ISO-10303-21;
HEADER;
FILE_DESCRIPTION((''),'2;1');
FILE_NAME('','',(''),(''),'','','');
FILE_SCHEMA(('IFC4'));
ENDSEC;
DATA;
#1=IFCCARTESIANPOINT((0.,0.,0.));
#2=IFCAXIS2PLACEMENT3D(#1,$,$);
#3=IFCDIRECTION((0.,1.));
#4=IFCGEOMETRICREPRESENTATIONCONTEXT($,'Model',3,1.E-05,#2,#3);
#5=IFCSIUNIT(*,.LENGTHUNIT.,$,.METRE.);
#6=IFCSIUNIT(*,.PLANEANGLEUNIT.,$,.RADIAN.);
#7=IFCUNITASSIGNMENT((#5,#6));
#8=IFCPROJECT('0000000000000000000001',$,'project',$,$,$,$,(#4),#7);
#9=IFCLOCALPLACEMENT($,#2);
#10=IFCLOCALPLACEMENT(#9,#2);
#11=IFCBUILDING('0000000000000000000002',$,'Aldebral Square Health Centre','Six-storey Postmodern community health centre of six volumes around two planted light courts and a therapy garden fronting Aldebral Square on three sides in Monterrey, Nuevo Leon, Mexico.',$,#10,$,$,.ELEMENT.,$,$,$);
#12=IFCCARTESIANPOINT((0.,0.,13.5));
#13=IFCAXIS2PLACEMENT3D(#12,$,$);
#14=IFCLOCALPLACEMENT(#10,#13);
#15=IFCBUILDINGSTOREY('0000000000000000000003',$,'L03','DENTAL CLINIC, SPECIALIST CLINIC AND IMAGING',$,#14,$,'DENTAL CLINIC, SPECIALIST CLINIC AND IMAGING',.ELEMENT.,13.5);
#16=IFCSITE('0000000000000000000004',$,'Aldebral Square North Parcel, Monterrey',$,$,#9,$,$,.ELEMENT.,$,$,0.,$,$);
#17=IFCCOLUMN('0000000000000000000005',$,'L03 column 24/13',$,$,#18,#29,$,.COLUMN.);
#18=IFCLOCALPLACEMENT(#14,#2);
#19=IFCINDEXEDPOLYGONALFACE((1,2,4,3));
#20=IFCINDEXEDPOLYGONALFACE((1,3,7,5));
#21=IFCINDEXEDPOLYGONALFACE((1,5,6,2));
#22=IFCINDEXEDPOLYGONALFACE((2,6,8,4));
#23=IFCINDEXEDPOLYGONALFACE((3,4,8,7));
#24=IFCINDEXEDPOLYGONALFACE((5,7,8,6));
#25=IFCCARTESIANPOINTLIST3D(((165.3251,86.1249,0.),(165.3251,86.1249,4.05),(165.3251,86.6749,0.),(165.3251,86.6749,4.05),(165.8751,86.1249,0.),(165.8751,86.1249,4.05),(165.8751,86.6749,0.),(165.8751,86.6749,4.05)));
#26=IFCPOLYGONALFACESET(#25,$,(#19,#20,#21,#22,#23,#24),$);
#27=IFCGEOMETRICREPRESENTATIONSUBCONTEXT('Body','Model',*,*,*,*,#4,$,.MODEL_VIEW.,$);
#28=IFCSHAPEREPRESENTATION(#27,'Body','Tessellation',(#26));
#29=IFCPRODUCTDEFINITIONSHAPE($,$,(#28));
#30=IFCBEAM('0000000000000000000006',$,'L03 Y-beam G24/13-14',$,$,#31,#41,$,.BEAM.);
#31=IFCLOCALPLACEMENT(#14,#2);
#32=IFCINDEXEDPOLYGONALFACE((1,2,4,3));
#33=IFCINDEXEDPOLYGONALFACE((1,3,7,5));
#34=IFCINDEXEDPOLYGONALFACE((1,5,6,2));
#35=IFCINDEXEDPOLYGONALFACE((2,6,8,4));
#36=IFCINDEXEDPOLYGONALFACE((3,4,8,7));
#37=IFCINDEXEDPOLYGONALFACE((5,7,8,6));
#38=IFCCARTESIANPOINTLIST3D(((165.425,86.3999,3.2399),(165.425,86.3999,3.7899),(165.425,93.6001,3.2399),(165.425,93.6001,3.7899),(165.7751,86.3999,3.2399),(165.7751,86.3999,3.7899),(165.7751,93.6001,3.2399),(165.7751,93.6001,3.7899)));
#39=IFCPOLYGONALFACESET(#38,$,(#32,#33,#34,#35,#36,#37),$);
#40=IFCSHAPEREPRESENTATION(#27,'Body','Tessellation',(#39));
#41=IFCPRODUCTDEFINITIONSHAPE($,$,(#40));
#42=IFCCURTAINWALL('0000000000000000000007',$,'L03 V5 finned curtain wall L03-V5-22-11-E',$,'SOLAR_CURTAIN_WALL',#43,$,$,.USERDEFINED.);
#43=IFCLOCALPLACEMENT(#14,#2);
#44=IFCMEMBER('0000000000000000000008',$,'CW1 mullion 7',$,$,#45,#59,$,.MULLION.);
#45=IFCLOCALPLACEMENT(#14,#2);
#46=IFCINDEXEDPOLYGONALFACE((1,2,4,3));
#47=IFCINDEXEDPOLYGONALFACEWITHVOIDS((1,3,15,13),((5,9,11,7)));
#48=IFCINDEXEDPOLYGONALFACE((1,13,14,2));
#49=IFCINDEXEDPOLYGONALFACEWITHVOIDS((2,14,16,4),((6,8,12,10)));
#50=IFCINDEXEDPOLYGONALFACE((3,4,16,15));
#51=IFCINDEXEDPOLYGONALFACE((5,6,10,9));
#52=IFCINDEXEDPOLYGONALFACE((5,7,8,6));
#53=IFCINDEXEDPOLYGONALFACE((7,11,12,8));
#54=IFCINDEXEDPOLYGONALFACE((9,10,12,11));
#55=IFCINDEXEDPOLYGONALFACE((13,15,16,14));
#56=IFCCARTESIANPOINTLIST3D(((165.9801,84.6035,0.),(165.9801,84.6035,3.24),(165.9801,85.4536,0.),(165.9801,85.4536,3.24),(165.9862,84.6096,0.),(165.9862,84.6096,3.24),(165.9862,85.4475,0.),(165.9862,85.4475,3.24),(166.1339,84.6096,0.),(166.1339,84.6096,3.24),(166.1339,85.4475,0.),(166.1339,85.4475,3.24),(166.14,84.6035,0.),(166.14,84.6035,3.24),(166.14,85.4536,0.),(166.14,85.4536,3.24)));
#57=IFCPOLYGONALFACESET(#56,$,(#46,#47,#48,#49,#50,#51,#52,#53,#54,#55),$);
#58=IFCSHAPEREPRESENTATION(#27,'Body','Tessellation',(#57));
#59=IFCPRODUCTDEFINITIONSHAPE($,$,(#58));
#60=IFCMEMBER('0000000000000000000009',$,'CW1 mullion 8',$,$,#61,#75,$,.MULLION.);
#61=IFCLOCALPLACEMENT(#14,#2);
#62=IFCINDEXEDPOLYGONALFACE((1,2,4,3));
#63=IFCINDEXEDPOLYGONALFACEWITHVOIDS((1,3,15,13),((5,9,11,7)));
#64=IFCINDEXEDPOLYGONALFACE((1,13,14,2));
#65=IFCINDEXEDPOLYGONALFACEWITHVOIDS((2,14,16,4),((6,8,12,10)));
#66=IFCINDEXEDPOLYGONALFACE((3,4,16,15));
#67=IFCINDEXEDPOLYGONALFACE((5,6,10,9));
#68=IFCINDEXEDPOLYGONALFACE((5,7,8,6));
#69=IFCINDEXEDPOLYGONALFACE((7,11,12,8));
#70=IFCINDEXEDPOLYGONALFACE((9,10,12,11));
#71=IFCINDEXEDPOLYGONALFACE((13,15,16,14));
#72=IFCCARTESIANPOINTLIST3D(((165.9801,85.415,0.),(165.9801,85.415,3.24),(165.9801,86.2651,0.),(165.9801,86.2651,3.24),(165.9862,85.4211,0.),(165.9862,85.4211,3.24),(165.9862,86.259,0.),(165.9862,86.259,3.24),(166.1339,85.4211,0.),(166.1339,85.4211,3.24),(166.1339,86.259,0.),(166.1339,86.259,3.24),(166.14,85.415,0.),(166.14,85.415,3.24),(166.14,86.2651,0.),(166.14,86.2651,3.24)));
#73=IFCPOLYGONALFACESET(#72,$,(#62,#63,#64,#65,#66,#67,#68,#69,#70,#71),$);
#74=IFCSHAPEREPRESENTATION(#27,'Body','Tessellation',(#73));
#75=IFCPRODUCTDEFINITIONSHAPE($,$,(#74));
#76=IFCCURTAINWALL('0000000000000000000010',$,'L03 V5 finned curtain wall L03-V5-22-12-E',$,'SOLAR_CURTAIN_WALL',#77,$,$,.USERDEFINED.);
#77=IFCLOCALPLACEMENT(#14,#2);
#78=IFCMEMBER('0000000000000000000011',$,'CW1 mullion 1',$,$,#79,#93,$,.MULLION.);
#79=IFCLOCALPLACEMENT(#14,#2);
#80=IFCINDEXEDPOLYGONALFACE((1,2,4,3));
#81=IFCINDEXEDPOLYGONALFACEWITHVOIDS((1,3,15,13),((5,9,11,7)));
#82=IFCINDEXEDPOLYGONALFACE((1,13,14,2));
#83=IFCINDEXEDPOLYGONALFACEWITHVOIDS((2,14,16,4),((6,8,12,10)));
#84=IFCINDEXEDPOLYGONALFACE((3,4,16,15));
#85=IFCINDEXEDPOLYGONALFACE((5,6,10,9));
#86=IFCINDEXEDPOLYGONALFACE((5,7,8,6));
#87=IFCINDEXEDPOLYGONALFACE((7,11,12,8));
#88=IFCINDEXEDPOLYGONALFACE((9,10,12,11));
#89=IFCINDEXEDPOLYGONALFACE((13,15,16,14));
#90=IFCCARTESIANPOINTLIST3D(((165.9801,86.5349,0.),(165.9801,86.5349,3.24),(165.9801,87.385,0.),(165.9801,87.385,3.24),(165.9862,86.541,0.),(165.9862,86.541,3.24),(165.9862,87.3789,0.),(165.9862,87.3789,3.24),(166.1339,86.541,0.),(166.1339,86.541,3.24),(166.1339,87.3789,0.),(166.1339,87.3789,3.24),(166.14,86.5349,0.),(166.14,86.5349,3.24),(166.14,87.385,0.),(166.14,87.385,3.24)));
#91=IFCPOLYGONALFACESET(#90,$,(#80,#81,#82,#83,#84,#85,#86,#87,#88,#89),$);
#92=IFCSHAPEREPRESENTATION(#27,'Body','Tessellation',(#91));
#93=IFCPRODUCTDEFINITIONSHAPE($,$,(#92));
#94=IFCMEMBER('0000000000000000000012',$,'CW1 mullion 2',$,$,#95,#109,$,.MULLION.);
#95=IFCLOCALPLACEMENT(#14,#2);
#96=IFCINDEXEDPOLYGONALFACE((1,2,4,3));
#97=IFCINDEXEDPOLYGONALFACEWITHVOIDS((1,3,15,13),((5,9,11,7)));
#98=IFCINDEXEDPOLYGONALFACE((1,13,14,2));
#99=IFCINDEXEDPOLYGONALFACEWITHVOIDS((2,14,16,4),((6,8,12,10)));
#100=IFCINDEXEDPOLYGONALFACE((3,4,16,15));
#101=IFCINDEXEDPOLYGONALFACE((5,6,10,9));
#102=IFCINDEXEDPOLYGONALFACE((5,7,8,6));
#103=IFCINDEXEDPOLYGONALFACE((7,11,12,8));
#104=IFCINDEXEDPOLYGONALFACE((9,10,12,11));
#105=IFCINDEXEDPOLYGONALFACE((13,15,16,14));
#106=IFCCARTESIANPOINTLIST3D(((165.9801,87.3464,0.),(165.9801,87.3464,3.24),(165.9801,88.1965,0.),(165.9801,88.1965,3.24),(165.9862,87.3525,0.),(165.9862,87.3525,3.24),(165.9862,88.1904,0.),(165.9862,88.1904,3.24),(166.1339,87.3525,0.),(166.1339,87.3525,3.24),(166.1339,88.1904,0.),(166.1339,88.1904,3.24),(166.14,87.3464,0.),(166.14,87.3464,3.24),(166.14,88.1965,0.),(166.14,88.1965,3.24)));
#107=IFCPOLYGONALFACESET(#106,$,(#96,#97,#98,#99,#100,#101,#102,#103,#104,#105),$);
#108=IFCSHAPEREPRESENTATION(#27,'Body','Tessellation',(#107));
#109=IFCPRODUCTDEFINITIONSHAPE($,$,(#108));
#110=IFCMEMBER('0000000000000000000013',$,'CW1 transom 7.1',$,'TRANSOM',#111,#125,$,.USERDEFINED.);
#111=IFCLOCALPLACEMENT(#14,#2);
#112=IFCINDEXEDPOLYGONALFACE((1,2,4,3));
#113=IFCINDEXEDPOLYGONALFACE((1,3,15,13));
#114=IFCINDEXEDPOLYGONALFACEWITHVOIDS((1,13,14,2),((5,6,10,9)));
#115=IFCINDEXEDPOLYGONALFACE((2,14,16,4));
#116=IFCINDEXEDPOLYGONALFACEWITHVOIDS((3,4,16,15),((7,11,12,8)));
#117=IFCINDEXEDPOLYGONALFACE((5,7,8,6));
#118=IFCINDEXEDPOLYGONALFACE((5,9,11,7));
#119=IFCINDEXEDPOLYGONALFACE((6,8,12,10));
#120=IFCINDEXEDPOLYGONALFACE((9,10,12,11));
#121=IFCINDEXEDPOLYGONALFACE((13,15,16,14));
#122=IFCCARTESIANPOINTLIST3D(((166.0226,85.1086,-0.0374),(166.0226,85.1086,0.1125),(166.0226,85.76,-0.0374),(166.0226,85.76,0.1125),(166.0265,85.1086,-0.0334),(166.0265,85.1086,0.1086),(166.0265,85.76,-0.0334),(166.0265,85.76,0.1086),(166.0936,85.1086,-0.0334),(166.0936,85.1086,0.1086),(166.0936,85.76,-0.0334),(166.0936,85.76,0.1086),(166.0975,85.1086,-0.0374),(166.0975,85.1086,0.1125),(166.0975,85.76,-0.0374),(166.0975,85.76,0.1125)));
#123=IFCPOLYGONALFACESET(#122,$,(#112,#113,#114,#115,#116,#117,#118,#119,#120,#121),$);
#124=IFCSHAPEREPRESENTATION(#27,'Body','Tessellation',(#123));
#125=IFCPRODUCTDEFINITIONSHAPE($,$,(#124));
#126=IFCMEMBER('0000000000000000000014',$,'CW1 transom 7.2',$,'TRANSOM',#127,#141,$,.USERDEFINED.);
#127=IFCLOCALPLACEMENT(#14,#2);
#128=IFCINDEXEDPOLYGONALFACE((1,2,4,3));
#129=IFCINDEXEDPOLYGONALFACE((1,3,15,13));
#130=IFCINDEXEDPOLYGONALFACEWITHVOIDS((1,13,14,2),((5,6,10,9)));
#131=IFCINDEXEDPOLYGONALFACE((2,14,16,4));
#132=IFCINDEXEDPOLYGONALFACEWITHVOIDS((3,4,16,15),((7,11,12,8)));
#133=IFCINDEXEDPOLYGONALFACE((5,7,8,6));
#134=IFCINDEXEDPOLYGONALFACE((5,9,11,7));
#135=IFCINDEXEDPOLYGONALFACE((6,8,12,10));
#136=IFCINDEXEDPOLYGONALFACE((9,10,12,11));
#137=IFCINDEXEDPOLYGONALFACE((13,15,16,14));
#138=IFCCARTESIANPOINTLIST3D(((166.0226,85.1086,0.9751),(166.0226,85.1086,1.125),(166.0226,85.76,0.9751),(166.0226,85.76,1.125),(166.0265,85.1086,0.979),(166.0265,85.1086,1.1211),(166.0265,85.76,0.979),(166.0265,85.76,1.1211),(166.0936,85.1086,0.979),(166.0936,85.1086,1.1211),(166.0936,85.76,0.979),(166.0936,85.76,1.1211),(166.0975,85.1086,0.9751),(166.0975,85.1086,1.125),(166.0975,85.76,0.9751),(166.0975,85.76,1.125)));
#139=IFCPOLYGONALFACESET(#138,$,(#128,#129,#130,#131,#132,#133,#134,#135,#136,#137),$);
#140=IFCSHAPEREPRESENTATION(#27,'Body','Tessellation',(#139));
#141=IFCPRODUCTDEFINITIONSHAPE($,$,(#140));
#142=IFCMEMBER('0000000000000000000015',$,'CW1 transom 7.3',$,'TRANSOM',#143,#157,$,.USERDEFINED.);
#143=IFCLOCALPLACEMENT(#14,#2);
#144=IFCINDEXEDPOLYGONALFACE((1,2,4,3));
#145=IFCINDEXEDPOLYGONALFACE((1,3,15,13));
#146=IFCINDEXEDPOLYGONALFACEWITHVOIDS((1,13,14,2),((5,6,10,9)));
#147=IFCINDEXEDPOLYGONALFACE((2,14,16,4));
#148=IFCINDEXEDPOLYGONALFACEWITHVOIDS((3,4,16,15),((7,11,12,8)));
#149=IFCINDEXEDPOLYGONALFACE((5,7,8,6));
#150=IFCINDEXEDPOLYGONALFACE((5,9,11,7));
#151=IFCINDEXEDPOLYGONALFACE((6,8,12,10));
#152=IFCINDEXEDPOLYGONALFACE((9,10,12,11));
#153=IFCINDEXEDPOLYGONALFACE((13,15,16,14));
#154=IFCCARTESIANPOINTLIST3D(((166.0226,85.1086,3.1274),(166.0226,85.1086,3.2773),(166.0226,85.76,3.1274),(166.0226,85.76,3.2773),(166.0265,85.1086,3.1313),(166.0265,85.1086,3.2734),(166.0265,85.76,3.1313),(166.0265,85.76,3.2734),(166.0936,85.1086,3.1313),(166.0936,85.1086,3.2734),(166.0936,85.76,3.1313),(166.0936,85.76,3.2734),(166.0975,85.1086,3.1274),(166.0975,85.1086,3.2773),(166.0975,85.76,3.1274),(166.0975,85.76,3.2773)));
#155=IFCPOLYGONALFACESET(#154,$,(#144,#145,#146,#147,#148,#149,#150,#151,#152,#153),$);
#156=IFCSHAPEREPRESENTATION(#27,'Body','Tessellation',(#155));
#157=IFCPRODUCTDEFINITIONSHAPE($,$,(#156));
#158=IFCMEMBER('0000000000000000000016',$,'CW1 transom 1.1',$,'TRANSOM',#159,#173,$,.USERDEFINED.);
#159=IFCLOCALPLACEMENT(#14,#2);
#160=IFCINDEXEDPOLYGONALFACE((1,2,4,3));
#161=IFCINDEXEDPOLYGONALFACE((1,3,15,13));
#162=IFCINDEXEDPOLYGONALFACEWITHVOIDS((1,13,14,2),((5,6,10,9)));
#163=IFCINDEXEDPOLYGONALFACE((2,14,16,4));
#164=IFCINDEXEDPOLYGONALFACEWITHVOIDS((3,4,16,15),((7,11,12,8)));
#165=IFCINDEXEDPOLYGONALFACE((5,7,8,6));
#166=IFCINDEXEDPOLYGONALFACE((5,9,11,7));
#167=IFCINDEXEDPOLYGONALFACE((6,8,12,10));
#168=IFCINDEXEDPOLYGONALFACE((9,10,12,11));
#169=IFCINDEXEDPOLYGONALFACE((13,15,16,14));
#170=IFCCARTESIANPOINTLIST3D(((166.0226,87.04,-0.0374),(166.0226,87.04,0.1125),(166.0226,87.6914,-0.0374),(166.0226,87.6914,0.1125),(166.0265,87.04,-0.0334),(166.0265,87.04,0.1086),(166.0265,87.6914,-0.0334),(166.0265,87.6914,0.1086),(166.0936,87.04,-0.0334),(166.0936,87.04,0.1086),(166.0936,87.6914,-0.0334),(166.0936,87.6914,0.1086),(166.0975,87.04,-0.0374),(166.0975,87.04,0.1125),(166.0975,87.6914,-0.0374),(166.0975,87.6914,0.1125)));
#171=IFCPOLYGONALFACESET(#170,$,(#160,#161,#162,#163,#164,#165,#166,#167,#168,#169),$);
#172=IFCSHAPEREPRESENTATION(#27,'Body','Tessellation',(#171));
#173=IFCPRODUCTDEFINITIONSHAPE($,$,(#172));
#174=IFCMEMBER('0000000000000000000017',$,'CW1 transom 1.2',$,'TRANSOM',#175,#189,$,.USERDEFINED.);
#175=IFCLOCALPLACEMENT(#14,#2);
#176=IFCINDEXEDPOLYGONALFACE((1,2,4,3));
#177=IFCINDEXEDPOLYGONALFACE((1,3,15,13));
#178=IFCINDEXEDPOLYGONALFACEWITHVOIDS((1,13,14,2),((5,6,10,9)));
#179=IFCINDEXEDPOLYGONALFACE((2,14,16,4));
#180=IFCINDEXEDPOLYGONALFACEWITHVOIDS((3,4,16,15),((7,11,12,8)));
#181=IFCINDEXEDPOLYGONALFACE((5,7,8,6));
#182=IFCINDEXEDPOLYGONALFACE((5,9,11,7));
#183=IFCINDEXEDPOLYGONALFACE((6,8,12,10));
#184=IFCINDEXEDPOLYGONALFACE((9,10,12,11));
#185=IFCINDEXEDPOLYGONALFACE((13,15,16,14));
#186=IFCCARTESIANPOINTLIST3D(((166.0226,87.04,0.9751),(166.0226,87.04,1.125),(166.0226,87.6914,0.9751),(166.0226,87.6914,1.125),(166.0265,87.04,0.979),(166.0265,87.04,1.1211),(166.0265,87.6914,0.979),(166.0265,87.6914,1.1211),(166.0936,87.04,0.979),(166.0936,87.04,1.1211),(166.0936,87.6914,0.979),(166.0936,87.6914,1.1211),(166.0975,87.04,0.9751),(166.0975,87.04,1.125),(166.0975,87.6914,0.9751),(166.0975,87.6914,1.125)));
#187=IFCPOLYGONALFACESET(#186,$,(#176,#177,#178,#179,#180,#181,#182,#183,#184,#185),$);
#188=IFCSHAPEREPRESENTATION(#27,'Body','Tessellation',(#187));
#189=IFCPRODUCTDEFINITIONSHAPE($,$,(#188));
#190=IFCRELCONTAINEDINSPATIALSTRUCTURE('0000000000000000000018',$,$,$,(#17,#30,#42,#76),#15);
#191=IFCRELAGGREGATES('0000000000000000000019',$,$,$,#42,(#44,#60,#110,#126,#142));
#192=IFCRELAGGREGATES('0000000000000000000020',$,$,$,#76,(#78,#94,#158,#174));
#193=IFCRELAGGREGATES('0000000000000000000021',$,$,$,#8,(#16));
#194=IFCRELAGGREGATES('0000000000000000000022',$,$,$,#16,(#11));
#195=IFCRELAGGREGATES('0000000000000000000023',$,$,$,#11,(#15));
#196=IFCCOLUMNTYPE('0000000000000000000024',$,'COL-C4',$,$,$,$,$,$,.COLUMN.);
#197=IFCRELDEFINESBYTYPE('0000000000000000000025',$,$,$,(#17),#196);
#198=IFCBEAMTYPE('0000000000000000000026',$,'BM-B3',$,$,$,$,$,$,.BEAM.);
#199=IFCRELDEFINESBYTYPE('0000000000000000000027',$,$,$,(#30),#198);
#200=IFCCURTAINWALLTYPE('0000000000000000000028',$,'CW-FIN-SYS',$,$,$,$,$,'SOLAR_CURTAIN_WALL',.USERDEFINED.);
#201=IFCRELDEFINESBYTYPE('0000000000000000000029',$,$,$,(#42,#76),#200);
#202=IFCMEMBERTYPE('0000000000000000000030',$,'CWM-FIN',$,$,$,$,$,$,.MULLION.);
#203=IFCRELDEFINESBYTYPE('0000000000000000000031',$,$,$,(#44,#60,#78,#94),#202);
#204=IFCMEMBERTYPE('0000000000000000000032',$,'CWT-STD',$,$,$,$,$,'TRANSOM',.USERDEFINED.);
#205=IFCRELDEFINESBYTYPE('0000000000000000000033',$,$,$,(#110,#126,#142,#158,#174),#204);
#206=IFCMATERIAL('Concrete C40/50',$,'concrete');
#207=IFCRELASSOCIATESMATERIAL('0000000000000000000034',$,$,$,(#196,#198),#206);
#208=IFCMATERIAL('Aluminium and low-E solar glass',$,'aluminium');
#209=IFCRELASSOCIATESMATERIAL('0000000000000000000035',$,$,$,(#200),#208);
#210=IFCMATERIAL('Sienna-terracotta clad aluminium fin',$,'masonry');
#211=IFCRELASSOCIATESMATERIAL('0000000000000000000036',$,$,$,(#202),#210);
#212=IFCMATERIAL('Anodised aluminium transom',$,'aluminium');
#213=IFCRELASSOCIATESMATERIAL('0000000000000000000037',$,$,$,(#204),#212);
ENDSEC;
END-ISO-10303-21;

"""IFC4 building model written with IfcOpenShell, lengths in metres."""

from ifc_helpers import new_model, si_unit, direction, frame, origin, origin_2d, place, context, subcontext, project, spatial, rectangle, hollow_rectangle, extrude, material, material_profile, profile_set, type_object, element, aggregate, save


model = new_model("IFC4")

# Units and contexts
model_context = context("Model", 3, precision=1e-05, world=origin(), true_north=direction((0.0, 1.0)))
body_context = subcontext(model_context, "Body", "Model", "MODEL_VIEW")
ifc_project = project(units=[si_unit("LENGTHUNIT", "METRE"), si_unit("PLANEANGLEUNIT", "RADIAN")], contexts=[model_context])

# Site, building, storey
site_placement = place(None, origin())
site = spatial("IfcSite", under=ifc_project, at=site_placement, Name="Aldebral Square North Parcel, Monterrey", CompositionType="ELEMENT", RefElevation=0.0)
building_placement = place(site_placement, origin())
building = spatial("IfcBuilding", under=site, at=building_placement, Name="Aldebral Square Health Centre", Description="Six-storey Postmodern community health centre of six volumes around two planted light courts and a therapy garden fronting Aldebral Square on three sides in Monterrey, Nuevo Leon, Mexico.", CompositionType="ELEMENT")
storey_placement = place(building_placement, frame((0.0, 0.0, 13.5)))
storey = spatial("IfcBuildingStorey", under=building, at=storey_placement, Name="L03", Description="DENTAL CLINIC, SPECIALIST CLINIC AND IMAGING", LongName="DENTAL CLINIC, SPECIALIST CLINIC AND IMAGING", CompositionType="ELEMENT", Elevation=13.5)

# Column
ifc_material_1 = material(Name="Concrete C40/50", Category="concrete")
ifc_material_profile_1 = material_profile(ifc_material_1, rectangle(XDim=0.55, YDim=0.55, at=origin_2d()), Name="RC 550x550")
ifc_profile_set_1 = profile_set([ifc_material_profile_1], Name="Concrete C40/50")
column_type = type_object("IfcColumnType", Name="COL-C4", PredefinedType="COLUMN", material=ifc_profile_set_1)
column_placement = place(storey_placement, frame((165.6001, 86.3999, 0.0), z_axis=(0.0, 0.0, 1.0), x_axis=(1.0, 0.0, 0.0)))
element("IfcColumn", 1, at=column_placement, inside=storey, type_object=column_type, Name="L03 column 24/13", PredefinedType="COLUMN", context=body_context, shape_type="SweptSolid", body=[
    extrude(rectangle(XDim=0.55, YDim=0.55, at=origin_2d()), origin(), (0.0, 0.0, 1.0), 4.05),
])

# Beam
ifc_material_profile_2 = material_profile(ifc_material_1, rectangle(XDim=0.3501, YDim=0.55, at=origin_2d()), Name="RC 350x550")
ifc_profile_set_2 = profile_set([ifc_material_profile_2], Name="Concrete C40/50")
beam_type = type_object("IfcBeamType", Name="BM-B3", PredefinedType="BEAM", material=ifc_profile_set_2)
beam_placement = place(storey_placement, frame((165.6001, 86.3999, 3.5149), z_axis=(0.0, 1.0, 0.0), x_axis=(-1.0, 0.0, 0.0)))
element("IfcBeam", 2, at=beam_placement, inside=storey, type_object=beam_type, Name="L03 Y-beam G24/13-14", PredefinedType="BEAM", context=body_context, shape_type="SweptSolid", body=[
    extrude(rectangle(XDim=0.3501, YDim=0.55, at=origin_2d()), origin(), (0.0, 0.0, 1.0), 7.2002),
])

# Curtain walls, members
ifc_material_2 = material(Name="Aluminium and low-E solar glass", Category="aluminium")
curtain_wall_type = type_object("IfcCurtainWallType", Name="CW-FIN-SYS", ElementType="SOLAR_CURTAIN_WALL", PredefinedType="USERDEFINED", material=ifc_material_2)
curtain_wall_1_placement = place(storey_placement, origin())
curtain_wall_1 = element("IfcCurtainWall", 3, at=curtain_wall_1_placement, inside=storey, type_object=curtain_wall_type, Name="L03 V5 finned curtain wall L03-V5-22-11-E", ObjectType="SOLAR_CURTAIN_WALL", PredefinedType="USERDEFINED")
ifc_material_3 = material(Name="Sienna-terracotta clad aluminium fin", Category="masonry")
ifc_material_profile_3 = material_profile(ifc_material_3, hollow_rectangle(XDim=0.1599, YDim=0.8501, WallThickness=0.0061, at=origin_2d()), Name="FIN 160x850x6")
ifc_profile_set_3 = profile_set([ifc_material_profile_3], Name="Sienna-terracotta clad aluminium fin")
member_type_1 = type_object("IfcMemberType", Name="CWM-FIN", PredefinedType="MULLION", material=ifc_profile_set_3)
member_1_placement = place(storey_placement, frame((166.0601, 85.0286, 0.0), z_axis=(0.0, 0.0, 1.0), x_axis=(-1.0, 0.0, 0.0)))
member_1 = element("IfcMember", 4, at=member_1_placement, type_object=member_type_1, Name="CW1 mullion 7", PredefinedType="MULLION", context=body_context, shape_type="SweptSolid", body=[
    extrude(hollow_rectangle(XDim=0.1599, YDim=0.8501, WallThickness=0.0061, at=origin_2d()), origin(), (0.0, 0.0, 1.0), 3.24),
])
member_2_placement = place(storey_placement, frame((166.0601, 85.8401, 0.0), z_axis=(0.0, 0.0, 1.0), x_axis=(-1.0, 0.0, 0.0)))
member_2 = element("IfcMember", 5, at=member_2_placement, type_object=member_type_1, Name="CW1 mullion 8", PredefinedType="MULLION", context=body_context, shape_type="SweptSolid", body=[
    extrude(hollow_rectangle(XDim=0.1599, YDim=0.8501, WallThickness=0.0061, at=origin_2d()), origin(), (0.0, 0.0, 1.0), 3.24),
])
curtain_wall_2_placement = place(storey_placement, origin())
curtain_wall_2 = element("IfcCurtainWall", 6, at=curtain_wall_2_placement, inside=storey, type_object=curtain_wall_type, Name="L03 V5 finned curtain wall L03-V5-22-12-E", ObjectType="SOLAR_CURTAIN_WALL", PredefinedType="USERDEFINED")
member_3_placement = place(storey_placement, frame((166.0601, 86.96, 0.0), z_axis=(0.0, 0.0, 1.0), x_axis=(-1.0, 0.0, 0.0)))
member_3 = element("IfcMember", 7, at=member_3_placement, type_object=member_type_1, Name="CW1 mullion 1", PredefinedType="MULLION", context=body_context, shape_type="SweptSolid", body=[
    extrude(hollow_rectangle(XDim=0.1599, YDim=0.8501, WallThickness=0.0061, at=origin_2d()), origin(), (0.0, 0.0, 1.0), 3.24),
])
member_4_placement = place(storey_placement, frame((166.0601, 87.7715, 0.0), z_axis=(0.0, 0.0, 1.0), x_axis=(-1.0, 0.0, 0.0)))
member_4 = element("IfcMember", 8, at=member_4_placement, type_object=member_type_1, Name="CW1 mullion 2", PredefinedType="MULLION", context=body_context, shape_type="SweptSolid", body=[
    extrude(hollow_rectangle(XDim=0.1599, YDim=0.8501, WallThickness=0.0061, at=origin_2d()), origin(), (0.0, 0.0, 1.0), 3.24),
])

# Members
ifc_material_4 = material(Name="Anodised aluminium transom", Category="aluminium")
ifc_material_profile_4 = material_profile(ifc_material_4, hollow_rectangle(XDim=0.075, YDim=0.1499, WallThickness=0.0039, at=origin_2d()), Name="CWT 75x150x4")
ifc_profile_set_4 = profile_set([ifc_material_profile_4], Name="Anodised aluminium transom")
member_type_2 = type_object("IfcMemberType", Name="CWT-STD", ElementType="TRANSOM", PredefinedType="USERDEFINED", material=ifc_profile_set_4)
member_5_placement = place(storey_placement, frame((166.0601, 85.1086, 0.0376), z_axis=(0.0, 1.0, 0.0), x_axis=(-1.0, 0.0, 0.0)))
member_5 = element("IfcMember", 9, at=member_5_placement, type_object=member_type_2, Name="CW1 transom 7.1", ObjectType="TRANSOM", PredefinedType="USERDEFINED", context=body_context, shape_type="SweptSolid", body=[
    extrude(hollow_rectangle(XDim=0.075, YDim=0.1499, WallThickness=0.0039, at=origin_2d()), origin(), (0.0, 0.0, 1.0), 0.6514),
])
member_6_placement = place(storey_placement, frame((166.0601, 85.1086, 1.05), z_axis=(0.0, 1.0, 0.0), x_axis=(-1.0, 0.0, 0.0)))
member_6 = element("IfcMember", 10, at=member_6_placement, type_object=member_type_2, Name="CW1 transom 7.2", ObjectType="TRANSOM", PredefinedType="USERDEFINED", context=body_context, shape_type="SweptSolid", body=[
    extrude(hollow_rectangle(XDim=0.075, YDim=0.1499, WallThickness=0.0039, at=origin_2d()), origin(), (0.0, 0.0, 1.0), 0.6514),
])
member_7_placement = place(storey_placement, frame((166.0601, 85.1086, 3.2024), z_axis=(0.0, 1.0, 0.0), x_axis=(-1.0, 0.0, 0.0)))
member_7 = element("IfcMember", 11, at=member_7_placement, type_object=member_type_2, Name="CW1 transom 7.3", ObjectType="TRANSOM", PredefinedType="USERDEFINED", context=body_context, shape_type="SweptSolid", body=[
    extrude(hollow_rectangle(XDim=0.075, YDim=0.1499, WallThickness=0.0039, at=origin_2d()), origin(), (0.0, 0.0, 1.0), 0.6514),
])
member_8_placement = place(storey_placement, frame((166.0601, 87.04, 0.0376), z_axis=(0.0, 1.0, 0.0), x_axis=(-1.0, 0.0, 0.0)))
member_8 = element("IfcMember", 12, at=member_8_placement, type_object=member_type_2, Name="CW1 transom 1.1", ObjectType="TRANSOM", PredefinedType="USERDEFINED", context=body_context, shape_type="SweptSolid", body=[
    extrude(hollow_rectangle(XDim=0.075, YDim=0.1499, WallThickness=0.0039, at=origin_2d()), origin(), (0.0, 0.0, 1.0), 0.6514),
])
member_9_placement = place(storey_placement, frame((166.0601, 87.04, 1.05), z_axis=(0.0, 1.0, 0.0), x_axis=(-1.0, 0.0, 0.0)))
member_9 = element("IfcMember", 13, at=member_9_placement, type_object=member_type_2, Name="CW1 transom 1.2", ObjectType="TRANSOM", PredefinedType="USERDEFINED", context=body_context, shape_type="SweptSolid", body=[
    extrude(hollow_rectangle(XDim=0.075, YDim=0.1499, WallThickness=0.0039, at=origin_2d()), origin(), (0.0, 0.0, 1.0), 0.6514),
])

aggregate(curtain_wall_1, [member_1, member_2, member_5, member_6, member_7])
aggregate(curtain_wall_2, [member_3, member_4, member_8, member_9])

save(model, "model.ifc")
